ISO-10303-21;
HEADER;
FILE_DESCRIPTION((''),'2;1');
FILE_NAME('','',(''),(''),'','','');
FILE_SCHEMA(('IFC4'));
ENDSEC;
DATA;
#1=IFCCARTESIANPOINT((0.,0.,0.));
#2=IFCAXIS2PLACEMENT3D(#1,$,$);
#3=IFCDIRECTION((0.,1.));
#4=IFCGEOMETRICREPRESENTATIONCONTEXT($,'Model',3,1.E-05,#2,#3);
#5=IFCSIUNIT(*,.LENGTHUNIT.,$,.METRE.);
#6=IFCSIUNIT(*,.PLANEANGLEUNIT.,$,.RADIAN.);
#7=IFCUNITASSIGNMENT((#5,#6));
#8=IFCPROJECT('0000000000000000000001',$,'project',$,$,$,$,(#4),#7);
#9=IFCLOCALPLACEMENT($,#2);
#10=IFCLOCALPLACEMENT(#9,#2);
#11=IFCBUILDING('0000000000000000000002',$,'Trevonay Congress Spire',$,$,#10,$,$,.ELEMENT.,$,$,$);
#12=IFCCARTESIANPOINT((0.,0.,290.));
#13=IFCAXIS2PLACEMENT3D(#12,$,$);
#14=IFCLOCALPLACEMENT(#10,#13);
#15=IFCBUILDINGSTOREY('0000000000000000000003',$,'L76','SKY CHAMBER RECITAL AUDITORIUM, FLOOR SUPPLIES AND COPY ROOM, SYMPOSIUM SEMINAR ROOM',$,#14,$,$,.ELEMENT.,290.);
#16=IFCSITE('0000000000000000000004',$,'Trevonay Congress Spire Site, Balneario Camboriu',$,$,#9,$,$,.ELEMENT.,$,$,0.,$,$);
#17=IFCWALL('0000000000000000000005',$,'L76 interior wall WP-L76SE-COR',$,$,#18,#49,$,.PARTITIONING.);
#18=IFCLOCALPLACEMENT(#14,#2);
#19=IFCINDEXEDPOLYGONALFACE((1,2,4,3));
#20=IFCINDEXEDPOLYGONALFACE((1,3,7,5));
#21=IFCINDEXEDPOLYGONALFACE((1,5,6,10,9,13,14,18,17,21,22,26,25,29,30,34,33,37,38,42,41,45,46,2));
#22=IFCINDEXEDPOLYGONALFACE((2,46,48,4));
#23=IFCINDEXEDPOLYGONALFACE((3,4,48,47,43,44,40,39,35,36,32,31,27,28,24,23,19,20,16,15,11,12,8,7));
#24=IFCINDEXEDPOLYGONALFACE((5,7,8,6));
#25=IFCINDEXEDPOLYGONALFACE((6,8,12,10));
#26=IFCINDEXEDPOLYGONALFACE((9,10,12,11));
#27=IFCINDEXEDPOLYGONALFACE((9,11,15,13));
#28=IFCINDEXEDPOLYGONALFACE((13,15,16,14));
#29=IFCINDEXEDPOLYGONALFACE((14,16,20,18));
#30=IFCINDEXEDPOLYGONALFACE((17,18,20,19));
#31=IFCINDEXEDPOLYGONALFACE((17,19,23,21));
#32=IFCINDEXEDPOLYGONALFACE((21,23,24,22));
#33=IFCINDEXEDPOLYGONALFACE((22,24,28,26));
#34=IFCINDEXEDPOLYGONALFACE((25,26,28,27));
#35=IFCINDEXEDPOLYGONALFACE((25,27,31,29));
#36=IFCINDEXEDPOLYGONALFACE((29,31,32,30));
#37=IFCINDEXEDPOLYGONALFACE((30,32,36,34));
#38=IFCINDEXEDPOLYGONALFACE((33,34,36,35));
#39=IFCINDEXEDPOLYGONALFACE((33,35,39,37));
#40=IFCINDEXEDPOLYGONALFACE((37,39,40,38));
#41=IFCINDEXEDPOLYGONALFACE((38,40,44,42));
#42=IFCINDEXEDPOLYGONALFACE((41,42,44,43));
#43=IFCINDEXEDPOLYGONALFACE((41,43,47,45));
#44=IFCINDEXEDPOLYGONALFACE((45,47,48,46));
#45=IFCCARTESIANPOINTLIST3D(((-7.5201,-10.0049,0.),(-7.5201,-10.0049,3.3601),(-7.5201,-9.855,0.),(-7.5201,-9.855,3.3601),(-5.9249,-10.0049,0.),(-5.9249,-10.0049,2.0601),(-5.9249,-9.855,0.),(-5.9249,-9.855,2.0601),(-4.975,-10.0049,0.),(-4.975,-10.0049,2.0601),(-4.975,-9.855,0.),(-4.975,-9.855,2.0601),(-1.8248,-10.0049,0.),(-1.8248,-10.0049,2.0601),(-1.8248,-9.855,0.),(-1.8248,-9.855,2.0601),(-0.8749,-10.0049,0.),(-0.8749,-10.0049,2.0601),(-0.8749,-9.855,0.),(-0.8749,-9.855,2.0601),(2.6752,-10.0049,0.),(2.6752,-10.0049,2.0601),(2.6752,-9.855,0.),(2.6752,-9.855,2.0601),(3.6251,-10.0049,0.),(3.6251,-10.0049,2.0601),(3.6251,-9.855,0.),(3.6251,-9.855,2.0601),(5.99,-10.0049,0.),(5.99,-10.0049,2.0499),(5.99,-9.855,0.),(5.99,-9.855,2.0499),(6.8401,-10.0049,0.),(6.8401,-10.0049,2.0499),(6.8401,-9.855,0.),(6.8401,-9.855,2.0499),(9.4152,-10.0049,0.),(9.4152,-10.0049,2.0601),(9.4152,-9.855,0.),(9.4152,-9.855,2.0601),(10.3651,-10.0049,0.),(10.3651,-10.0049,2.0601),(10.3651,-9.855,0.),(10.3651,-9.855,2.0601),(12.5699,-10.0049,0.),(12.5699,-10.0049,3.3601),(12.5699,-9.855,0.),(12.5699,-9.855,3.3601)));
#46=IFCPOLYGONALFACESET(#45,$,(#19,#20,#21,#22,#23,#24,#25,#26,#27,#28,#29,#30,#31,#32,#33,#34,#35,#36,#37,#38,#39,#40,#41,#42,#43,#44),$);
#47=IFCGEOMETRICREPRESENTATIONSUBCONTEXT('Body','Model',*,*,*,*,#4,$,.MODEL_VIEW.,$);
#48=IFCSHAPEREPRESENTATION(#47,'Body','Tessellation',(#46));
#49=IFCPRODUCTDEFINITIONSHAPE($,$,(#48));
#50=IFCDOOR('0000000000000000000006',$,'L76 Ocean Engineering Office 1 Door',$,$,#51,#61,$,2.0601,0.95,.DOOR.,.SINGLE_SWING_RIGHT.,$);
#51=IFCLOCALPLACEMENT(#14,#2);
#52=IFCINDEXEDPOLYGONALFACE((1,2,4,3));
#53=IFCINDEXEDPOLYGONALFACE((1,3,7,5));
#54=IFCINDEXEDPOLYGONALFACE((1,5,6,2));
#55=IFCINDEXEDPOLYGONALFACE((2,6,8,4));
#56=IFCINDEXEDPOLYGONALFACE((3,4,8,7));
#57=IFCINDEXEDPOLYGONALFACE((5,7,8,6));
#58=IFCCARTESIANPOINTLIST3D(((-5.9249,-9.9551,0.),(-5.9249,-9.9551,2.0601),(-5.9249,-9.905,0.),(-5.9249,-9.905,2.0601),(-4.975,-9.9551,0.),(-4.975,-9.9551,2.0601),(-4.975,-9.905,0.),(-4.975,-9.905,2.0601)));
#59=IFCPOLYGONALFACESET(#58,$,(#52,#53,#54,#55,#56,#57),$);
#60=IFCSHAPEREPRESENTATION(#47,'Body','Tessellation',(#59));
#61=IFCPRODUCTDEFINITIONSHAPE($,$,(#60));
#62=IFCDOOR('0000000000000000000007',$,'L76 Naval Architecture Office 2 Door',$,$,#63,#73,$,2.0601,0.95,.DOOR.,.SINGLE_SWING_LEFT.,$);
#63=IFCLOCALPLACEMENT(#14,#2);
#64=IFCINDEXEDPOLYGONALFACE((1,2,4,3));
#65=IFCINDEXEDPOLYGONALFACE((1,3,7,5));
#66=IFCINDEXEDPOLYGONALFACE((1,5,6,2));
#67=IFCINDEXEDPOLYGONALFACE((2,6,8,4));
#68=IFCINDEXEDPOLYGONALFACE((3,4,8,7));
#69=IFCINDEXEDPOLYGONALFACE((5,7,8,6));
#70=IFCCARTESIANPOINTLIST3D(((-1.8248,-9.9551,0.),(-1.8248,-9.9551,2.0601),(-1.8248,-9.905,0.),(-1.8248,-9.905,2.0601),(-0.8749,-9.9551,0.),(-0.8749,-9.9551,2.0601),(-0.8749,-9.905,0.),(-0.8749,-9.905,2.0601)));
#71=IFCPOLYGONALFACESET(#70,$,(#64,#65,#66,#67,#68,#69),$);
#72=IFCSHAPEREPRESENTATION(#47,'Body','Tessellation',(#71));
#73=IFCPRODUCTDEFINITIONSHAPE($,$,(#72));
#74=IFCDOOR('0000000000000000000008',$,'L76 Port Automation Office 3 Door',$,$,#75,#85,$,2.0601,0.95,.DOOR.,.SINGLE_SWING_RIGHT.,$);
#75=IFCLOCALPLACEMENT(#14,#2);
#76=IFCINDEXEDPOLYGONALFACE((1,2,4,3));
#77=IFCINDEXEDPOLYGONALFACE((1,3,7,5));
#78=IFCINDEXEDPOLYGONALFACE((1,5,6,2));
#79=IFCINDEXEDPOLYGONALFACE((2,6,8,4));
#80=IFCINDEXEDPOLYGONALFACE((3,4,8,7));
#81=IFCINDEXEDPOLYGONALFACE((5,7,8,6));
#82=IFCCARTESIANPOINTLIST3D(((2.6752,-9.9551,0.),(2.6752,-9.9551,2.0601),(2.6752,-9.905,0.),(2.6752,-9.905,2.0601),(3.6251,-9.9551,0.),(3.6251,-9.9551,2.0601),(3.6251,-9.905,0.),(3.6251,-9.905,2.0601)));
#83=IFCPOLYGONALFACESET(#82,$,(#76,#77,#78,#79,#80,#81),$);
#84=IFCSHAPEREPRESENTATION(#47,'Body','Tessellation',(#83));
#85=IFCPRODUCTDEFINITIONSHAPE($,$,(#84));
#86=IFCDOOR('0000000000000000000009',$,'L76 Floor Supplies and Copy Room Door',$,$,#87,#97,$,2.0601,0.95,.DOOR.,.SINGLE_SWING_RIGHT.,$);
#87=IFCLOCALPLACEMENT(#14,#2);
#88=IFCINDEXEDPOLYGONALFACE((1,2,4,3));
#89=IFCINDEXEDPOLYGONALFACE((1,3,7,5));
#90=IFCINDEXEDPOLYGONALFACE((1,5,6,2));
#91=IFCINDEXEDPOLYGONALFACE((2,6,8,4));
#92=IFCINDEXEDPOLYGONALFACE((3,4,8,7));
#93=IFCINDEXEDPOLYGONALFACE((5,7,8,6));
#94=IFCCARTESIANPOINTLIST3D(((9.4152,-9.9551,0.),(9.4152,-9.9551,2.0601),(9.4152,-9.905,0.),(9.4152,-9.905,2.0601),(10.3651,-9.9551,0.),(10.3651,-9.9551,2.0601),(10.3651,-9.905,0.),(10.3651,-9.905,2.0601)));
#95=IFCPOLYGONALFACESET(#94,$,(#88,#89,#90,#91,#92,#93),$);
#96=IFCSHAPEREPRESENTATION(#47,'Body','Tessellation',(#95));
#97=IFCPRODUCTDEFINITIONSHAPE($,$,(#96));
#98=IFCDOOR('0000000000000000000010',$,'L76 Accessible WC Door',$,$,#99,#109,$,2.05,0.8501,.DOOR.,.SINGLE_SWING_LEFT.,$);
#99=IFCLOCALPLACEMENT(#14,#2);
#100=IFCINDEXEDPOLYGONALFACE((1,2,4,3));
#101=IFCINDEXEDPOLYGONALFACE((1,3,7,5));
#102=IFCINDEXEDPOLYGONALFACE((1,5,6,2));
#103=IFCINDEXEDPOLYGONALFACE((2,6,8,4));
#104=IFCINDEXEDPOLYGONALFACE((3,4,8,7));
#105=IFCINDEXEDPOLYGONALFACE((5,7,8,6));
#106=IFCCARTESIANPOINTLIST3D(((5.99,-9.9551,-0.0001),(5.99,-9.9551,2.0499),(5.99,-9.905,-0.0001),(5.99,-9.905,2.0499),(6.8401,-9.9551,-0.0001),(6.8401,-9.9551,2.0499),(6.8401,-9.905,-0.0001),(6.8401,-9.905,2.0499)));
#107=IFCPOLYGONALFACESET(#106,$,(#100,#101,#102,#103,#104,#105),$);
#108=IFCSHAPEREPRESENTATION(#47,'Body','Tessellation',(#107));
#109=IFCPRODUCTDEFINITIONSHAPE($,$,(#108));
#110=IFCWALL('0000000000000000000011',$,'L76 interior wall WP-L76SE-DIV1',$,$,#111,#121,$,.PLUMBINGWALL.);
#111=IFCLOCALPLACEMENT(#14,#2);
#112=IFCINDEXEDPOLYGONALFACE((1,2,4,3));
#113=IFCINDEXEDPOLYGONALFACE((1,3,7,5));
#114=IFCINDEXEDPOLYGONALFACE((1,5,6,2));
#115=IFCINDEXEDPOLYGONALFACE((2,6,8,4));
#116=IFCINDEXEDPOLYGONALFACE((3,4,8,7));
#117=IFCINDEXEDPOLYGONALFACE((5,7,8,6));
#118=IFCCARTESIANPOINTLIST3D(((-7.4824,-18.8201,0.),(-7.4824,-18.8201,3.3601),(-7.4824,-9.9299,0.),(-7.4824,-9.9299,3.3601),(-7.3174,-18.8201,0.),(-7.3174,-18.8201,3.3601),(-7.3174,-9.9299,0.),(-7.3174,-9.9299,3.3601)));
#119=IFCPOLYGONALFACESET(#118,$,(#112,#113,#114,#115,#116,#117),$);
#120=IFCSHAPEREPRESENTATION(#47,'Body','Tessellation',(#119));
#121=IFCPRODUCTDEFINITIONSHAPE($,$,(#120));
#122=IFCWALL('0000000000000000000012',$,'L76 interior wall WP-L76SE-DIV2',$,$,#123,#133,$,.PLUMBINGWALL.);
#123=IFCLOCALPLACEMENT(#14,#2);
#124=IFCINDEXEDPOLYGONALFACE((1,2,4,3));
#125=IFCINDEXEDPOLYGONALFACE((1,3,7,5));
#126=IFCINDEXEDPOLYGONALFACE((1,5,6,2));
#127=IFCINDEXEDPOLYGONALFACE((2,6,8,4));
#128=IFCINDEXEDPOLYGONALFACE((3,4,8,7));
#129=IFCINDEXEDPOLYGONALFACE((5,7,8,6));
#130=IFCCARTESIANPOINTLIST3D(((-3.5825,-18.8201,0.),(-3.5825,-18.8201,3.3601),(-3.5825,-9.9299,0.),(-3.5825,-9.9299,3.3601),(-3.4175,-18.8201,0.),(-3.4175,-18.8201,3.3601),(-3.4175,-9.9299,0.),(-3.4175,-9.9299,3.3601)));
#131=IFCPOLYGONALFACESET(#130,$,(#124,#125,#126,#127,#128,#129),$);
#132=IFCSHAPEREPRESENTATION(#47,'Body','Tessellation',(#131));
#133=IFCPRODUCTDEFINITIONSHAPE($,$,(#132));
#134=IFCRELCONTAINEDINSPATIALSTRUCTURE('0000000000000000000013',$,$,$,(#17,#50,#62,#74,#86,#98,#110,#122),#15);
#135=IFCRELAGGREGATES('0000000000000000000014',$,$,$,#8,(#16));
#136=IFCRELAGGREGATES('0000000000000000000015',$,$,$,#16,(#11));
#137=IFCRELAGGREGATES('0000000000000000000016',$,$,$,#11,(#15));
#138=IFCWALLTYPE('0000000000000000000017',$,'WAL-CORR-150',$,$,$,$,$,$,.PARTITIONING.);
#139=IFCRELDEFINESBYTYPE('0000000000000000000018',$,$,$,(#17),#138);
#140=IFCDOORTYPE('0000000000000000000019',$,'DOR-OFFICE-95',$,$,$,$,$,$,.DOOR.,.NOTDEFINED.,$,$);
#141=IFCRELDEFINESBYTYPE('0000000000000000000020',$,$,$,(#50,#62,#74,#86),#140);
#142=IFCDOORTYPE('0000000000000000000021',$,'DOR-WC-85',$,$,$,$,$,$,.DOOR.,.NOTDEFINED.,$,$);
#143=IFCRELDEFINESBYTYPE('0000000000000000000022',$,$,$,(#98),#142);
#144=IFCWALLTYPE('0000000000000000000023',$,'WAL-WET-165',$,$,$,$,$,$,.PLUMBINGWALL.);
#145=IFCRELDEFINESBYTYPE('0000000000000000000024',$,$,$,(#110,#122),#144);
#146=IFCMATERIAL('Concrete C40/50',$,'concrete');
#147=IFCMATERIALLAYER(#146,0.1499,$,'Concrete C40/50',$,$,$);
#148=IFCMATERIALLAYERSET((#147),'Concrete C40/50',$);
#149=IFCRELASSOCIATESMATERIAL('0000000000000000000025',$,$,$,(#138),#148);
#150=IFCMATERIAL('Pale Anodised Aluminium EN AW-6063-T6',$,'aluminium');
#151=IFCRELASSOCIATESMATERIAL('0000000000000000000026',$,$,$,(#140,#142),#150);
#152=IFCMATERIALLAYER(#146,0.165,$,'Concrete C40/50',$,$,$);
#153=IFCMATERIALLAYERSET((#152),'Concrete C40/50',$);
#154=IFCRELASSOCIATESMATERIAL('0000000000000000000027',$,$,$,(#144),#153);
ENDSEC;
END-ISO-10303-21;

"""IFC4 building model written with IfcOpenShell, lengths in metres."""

from ifc_helpers import new_model, si_unit, direction, frame, frame_2d, origin, place, context, subcontext, project, spatial, rectangle, extrude, material, layer, layer_set, type_object, element, fill, save


model = new_model("IFC4")

# Units and contexts
model_context = context("Model", 3, precision=1e-05, world=origin(), true_north=direction((0.0, 1.0)))
body_context = subcontext(model_context, "Body", "Model", "MODEL_VIEW")
ifc_project = project(units=[si_unit("LENGTHUNIT", "METRE"), si_unit("PLANEANGLEUNIT", "RADIAN")], contexts=[model_context])

# Site, building, storey
site_placement = place(None, origin())
site = spatial("IfcSite", under=ifc_project, at=site_placement, Name="Trevonay Congress Spire Site, Balneario Camboriu", CompositionType="ELEMENT", RefElevation=0.0)
building_placement = place(site_placement, origin())
building = spatial("IfcBuilding", under=site, at=building_placement, Name="Trevonay Congress Spire", CompositionType="ELEMENT")
storey_placement = place(building_placement, frame((0.0, 0.0, 290.0)))
storey = spatial("IfcBuildingStorey", under=building, at=storey_placement, Name="L76", Description="SKY CHAMBER RECITAL AUDITORIUM, FLOOR SUPPLIES AND COPY ROOM, SYMPOSIUM SEMINAR ROOM", CompositionType="ELEMENT", Elevation=290.0)

# Shared definitions
ifc_material_1 = material(Name="Pale Anodised Aluminium EN AW-6063-T6", Category="aluminium")

# Wall, openings, doors
ifc_material_2 = material(Name="Concrete C40/50", Category="concrete")
ifc_layer_1 = layer(ifc_material_2, 0.1499, Name="Concrete C40/50")
ifc_layer_set_1 = layer_set([ifc_layer_1], Name="Concrete C40/50")
wall_type_1 = type_object("IfcWallType", Name="WAL-CORR-150", PredefinedType="PARTITIONING", material=ifc_layer_set_1)
wall_placement = place(storey_placement, frame((-7.52, -9.9299, 0.0), z_axis=(0.0, 0.0, 1.0), x_axis=(1.0, 0.0, 0.0)))
wall = element("IfcWall", 1, at=wall_placement, inside=storey, type_object=wall_type_1, Name="L76 interior wall WP-L76SE-COR", PredefinedType="PARTITIONING", context=body_context, shape_type="SweptSolid", body=[
    extrude(rectangle(XDim=20.0901, YDim=0.1499, at=frame_2d((10.0449, 0.0))), origin(), (0.0, 0.0, 1.0), 3.3601),
])
opening_1_placement = place(wall_placement, frame((1.595, 0.0, 0.0)))
opening_1 = element("IfcOpeningElement", 2, at=opening_1_placement, cuts=wall, PredefinedType="OPENING", context=body_context, shape_type="SweptSolid", body=[
    extrude(rectangle(XDim=0.95, YDim=2.0601, at=frame_2d((0.4751, 1.03))), frame((0.0, 0.085, 0.0), z_axis=(0.0, -1.0, 0.0), x_axis=(1.0, 0.0, 0.0)), (0.0, 0.0, 1.0), 0.1699),
])
opening_2_placement = place(wall_placement, frame((5.6951, 0.0, 0.0)))
opening_2 = element("IfcOpeningElement", 3, at=opening_2_placement, cuts=wall, PredefinedType="OPENING", context=body_context, shape_type="SweptSolid", body=[
    extrude(rectangle(XDim=0.95, YDim=2.0601, at=frame_2d((0.4751, 1.03))), frame((0.0, 0.085, 0.0), z_axis=(0.0, -1.0, 0.0), x_axis=(1.0, 0.0, 0.0)), (0.0, 0.0, 1.0), 0.1699),
])
opening_3_placement = place(wall_placement, frame((10.1951, 0.0, 0.0)))
opening_3 = element("IfcOpeningElement", 4, at=opening_3_placement, cuts=wall, PredefinedType="OPENING", context=body_context, shape_type="SweptSolid", body=[
    extrude(rectangle(XDim=0.95, YDim=2.0601, at=frame_2d((0.4751, 1.03))), frame((0.0, 0.085, 0.0), z_axis=(0.0, -1.0, 0.0), x_axis=(1.0, 0.0, 0.0)), (0.0, 0.0, 1.0), 0.1699),
])
opening_4_placement = place(wall_placement, frame((13.51, 0.0, 0.0)))
opening_4 = element("IfcOpeningElement", 5, at=opening_4_placement, cuts=wall, PredefinedType="OPENING", context=body_context, shape_type="SweptSolid", body=[
    extrude(rectangle(XDim=0.8501, YDim=2.05, at=frame_2d((0.425, 1.0249))), frame((0.0, 0.085, 0.0), z_axis=(0.0, -1.0, 0.0), x_axis=(1.0, 0.0, 0.0)), (0.0, 0.0, 1.0), 0.1699),
])
opening_5_placement = place(wall_placement, frame((16.9351, 0.0, 0.0)))
opening_5 = element("IfcOpeningElement", 6, at=opening_5_placement, cuts=wall, PredefinedType="OPENING", context=body_context, shape_type="SweptSolid", body=[
    extrude(rectangle(XDim=0.95, YDim=2.0601, at=frame_2d((0.4751, 1.03))), frame((0.0, 0.085, 0.0), z_axis=(0.0, -1.0, 0.0), x_axis=(1.0, 0.0, 0.0)), (0.0, 0.0, 1.0), 0.1699),
])
door_type_1 = type_object("IfcDoorType", Name="DOR-OFFICE-95", OperationType="NOTDEFINED", PredefinedType="DOOR", material=ifc_material_1)
door_1_placement = place(opening_1_placement, origin())
door_1 = element("IfcDoor", 7, at=door_1_placement, inside=storey, type_object=door_type_1, Name="L76 Ocean Engineering Office 1 Door", OperationType="SINGLE_SWING_RIGHT", OverallHeight=2.0601, OverallWidth=0.95, PredefinedType="DOOR", context=body_context, shape_type="SweptSolid", body=[
    extrude(rectangle(XDim=0.95, YDim=2.0601, at=frame_2d((0.4751, 1.03))), frame((0.0, 0.0249, 0.0), z_axis=(0.0, -1.0, 0.0), x_axis=(1.0, 0.0, 0.0)), (0.0, 0.0, 1.0), 0.05),
])
fill(opening_1, door_1)
door_2_placement = place(opening_2_placement, origin())
door_2 = element("IfcDoor", 8, at=door_2_placement, inside=storey, type_object=door_type_1, Name="L76 Naval Architecture Office 2 Door", OperationType="SINGLE_SWING_LEFT", OverallHeight=2.0601, OverallWidth=0.95, PredefinedType="DOOR", context=body_context, shape_type="SweptSolid", body=[
    extrude(rectangle(XDim=0.95, YDim=2.0601, at=frame_2d((0.4751, 1.03))), frame((0.0, 0.0249, 0.0), z_axis=(0.0, -1.0, 0.0), x_axis=(1.0, 0.0, 0.0)), (0.0, 0.0, 1.0), 0.05),
])
fill(opening_2, door_2)
door_3_placement = place(opening_3_placement, origin())
door_3 = element("IfcDoor", 9, at=door_3_placement, inside=storey, type_object=door_type_1, Name="L76 Port Automation Office 3 Door", OperationType="SINGLE_SWING_RIGHT", OverallHeight=2.0601, OverallWidth=0.95, PredefinedType="DOOR", context=body_context, shape_type="SweptSolid", body=[
    extrude(rectangle(XDim=0.95, YDim=2.0601, at=frame_2d((0.4751, 1.03))), frame((0.0, 0.0249, 0.0), z_axis=(0.0, -1.0, 0.0), x_axis=(1.0, 0.0, 0.0)), (0.0, 0.0, 1.0), 0.05),
])
fill(opening_3, door_3)
door_4_placement = place(opening_5_placement, origin())
door_4 = element("IfcDoor", 10, at=door_4_placement, inside=storey, type_object=door_type_1, Name="L76 Floor Supplies and Copy Room Door", OperationType="SINGLE_SWING_RIGHT", OverallHeight=2.0601, OverallWidth=0.95, PredefinedType="DOOR", context=body_context, shape_type="SweptSolid", body=[
    extrude(rectangle(XDim=0.95, YDim=2.0601, at=frame_2d((0.4751, 1.03))), frame((0.0, 0.0249, 0.0), z_axis=(0.0, -1.0, 0.0), x_axis=(1.0, 0.0, 0.0)), (0.0, 0.0, 1.0), 0.05),
])
fill(opening_5, door_4)
door_type_2 = type_object("IfcDoorType", Name="DOR-WC-85", OperationType="NOTDEFINED", PredefinedType="DOOR", material=ifc_material_1)
door_5_placement = place(opening_4_placement, origin())
door_5 = element("IfcDoor", 11, at=door_5_placement, inside=storey, type_object=door_type_2, Name="L76 Accessible WC Door", OperationType="SINGLE_SWING_LEFT", OverallHeight=2.05, OverallWidth=0.8501, PredefinedType="DOOR", context=body_context, shape_type="SweptSolid", body=[
    extrude(rectangle(XDim=0.8501, YDim=2.05, at=frame_2d((0.425, 1.0249))), frame((0.0, 0.0249, 0.0), z_axis=(0.0, -1.0, 0.0), x_axis=(1.0, 0.0, 0.0)), (0.0, 0.0, 1.0), 0.05),
])
fill(opening_4, door_5)

# Walls
ifc_layer_2 = layer(ifc_material_2, 0.165, Name="Concrete C40/50")
ifc_layer_set_2 = layer_set([ifc_layer_2], Name="Concrete C40/50")
wall_type_2 = type_object("IfcWallType", Name="WAL-WET-165", PredefinedType="PLUMBINGWALL", material=ifc_layer_set_2)
for number, where, z_axis, x_axis, name in (
    (12, (-7.3999, -18.8201, 0.0), (0.0, 0.0, 1.0), (0.0, 1.0, 0.0), "L76 interior wall WP-L76SE-DIV1"),
    (13, (-3.5, -18.8201, 0.0), (0.0, 0.0, 1.0), (0.0, 1.0, 0.0), "L76 interior wall WP-L76SE-DIV2"),
):
    element("IfcWall", number, at=place(storey_placement, frame(where, z_axis=z_axis, x_axis=x_axis)), inside=storey, type_object=wall_type_2, Name=name, PredefinedType="PLUMBINGWALL", context=body_context, shape_type="SweptSolid", body=[
        extrude(rectangle(XDim=8.8901, YDim=0.165, at=frame_2d((4.4451, 0.0))), origin(), (0.0, 0.0, 1.0), 3.3601),
    ])

save(model, "model.ifc")
